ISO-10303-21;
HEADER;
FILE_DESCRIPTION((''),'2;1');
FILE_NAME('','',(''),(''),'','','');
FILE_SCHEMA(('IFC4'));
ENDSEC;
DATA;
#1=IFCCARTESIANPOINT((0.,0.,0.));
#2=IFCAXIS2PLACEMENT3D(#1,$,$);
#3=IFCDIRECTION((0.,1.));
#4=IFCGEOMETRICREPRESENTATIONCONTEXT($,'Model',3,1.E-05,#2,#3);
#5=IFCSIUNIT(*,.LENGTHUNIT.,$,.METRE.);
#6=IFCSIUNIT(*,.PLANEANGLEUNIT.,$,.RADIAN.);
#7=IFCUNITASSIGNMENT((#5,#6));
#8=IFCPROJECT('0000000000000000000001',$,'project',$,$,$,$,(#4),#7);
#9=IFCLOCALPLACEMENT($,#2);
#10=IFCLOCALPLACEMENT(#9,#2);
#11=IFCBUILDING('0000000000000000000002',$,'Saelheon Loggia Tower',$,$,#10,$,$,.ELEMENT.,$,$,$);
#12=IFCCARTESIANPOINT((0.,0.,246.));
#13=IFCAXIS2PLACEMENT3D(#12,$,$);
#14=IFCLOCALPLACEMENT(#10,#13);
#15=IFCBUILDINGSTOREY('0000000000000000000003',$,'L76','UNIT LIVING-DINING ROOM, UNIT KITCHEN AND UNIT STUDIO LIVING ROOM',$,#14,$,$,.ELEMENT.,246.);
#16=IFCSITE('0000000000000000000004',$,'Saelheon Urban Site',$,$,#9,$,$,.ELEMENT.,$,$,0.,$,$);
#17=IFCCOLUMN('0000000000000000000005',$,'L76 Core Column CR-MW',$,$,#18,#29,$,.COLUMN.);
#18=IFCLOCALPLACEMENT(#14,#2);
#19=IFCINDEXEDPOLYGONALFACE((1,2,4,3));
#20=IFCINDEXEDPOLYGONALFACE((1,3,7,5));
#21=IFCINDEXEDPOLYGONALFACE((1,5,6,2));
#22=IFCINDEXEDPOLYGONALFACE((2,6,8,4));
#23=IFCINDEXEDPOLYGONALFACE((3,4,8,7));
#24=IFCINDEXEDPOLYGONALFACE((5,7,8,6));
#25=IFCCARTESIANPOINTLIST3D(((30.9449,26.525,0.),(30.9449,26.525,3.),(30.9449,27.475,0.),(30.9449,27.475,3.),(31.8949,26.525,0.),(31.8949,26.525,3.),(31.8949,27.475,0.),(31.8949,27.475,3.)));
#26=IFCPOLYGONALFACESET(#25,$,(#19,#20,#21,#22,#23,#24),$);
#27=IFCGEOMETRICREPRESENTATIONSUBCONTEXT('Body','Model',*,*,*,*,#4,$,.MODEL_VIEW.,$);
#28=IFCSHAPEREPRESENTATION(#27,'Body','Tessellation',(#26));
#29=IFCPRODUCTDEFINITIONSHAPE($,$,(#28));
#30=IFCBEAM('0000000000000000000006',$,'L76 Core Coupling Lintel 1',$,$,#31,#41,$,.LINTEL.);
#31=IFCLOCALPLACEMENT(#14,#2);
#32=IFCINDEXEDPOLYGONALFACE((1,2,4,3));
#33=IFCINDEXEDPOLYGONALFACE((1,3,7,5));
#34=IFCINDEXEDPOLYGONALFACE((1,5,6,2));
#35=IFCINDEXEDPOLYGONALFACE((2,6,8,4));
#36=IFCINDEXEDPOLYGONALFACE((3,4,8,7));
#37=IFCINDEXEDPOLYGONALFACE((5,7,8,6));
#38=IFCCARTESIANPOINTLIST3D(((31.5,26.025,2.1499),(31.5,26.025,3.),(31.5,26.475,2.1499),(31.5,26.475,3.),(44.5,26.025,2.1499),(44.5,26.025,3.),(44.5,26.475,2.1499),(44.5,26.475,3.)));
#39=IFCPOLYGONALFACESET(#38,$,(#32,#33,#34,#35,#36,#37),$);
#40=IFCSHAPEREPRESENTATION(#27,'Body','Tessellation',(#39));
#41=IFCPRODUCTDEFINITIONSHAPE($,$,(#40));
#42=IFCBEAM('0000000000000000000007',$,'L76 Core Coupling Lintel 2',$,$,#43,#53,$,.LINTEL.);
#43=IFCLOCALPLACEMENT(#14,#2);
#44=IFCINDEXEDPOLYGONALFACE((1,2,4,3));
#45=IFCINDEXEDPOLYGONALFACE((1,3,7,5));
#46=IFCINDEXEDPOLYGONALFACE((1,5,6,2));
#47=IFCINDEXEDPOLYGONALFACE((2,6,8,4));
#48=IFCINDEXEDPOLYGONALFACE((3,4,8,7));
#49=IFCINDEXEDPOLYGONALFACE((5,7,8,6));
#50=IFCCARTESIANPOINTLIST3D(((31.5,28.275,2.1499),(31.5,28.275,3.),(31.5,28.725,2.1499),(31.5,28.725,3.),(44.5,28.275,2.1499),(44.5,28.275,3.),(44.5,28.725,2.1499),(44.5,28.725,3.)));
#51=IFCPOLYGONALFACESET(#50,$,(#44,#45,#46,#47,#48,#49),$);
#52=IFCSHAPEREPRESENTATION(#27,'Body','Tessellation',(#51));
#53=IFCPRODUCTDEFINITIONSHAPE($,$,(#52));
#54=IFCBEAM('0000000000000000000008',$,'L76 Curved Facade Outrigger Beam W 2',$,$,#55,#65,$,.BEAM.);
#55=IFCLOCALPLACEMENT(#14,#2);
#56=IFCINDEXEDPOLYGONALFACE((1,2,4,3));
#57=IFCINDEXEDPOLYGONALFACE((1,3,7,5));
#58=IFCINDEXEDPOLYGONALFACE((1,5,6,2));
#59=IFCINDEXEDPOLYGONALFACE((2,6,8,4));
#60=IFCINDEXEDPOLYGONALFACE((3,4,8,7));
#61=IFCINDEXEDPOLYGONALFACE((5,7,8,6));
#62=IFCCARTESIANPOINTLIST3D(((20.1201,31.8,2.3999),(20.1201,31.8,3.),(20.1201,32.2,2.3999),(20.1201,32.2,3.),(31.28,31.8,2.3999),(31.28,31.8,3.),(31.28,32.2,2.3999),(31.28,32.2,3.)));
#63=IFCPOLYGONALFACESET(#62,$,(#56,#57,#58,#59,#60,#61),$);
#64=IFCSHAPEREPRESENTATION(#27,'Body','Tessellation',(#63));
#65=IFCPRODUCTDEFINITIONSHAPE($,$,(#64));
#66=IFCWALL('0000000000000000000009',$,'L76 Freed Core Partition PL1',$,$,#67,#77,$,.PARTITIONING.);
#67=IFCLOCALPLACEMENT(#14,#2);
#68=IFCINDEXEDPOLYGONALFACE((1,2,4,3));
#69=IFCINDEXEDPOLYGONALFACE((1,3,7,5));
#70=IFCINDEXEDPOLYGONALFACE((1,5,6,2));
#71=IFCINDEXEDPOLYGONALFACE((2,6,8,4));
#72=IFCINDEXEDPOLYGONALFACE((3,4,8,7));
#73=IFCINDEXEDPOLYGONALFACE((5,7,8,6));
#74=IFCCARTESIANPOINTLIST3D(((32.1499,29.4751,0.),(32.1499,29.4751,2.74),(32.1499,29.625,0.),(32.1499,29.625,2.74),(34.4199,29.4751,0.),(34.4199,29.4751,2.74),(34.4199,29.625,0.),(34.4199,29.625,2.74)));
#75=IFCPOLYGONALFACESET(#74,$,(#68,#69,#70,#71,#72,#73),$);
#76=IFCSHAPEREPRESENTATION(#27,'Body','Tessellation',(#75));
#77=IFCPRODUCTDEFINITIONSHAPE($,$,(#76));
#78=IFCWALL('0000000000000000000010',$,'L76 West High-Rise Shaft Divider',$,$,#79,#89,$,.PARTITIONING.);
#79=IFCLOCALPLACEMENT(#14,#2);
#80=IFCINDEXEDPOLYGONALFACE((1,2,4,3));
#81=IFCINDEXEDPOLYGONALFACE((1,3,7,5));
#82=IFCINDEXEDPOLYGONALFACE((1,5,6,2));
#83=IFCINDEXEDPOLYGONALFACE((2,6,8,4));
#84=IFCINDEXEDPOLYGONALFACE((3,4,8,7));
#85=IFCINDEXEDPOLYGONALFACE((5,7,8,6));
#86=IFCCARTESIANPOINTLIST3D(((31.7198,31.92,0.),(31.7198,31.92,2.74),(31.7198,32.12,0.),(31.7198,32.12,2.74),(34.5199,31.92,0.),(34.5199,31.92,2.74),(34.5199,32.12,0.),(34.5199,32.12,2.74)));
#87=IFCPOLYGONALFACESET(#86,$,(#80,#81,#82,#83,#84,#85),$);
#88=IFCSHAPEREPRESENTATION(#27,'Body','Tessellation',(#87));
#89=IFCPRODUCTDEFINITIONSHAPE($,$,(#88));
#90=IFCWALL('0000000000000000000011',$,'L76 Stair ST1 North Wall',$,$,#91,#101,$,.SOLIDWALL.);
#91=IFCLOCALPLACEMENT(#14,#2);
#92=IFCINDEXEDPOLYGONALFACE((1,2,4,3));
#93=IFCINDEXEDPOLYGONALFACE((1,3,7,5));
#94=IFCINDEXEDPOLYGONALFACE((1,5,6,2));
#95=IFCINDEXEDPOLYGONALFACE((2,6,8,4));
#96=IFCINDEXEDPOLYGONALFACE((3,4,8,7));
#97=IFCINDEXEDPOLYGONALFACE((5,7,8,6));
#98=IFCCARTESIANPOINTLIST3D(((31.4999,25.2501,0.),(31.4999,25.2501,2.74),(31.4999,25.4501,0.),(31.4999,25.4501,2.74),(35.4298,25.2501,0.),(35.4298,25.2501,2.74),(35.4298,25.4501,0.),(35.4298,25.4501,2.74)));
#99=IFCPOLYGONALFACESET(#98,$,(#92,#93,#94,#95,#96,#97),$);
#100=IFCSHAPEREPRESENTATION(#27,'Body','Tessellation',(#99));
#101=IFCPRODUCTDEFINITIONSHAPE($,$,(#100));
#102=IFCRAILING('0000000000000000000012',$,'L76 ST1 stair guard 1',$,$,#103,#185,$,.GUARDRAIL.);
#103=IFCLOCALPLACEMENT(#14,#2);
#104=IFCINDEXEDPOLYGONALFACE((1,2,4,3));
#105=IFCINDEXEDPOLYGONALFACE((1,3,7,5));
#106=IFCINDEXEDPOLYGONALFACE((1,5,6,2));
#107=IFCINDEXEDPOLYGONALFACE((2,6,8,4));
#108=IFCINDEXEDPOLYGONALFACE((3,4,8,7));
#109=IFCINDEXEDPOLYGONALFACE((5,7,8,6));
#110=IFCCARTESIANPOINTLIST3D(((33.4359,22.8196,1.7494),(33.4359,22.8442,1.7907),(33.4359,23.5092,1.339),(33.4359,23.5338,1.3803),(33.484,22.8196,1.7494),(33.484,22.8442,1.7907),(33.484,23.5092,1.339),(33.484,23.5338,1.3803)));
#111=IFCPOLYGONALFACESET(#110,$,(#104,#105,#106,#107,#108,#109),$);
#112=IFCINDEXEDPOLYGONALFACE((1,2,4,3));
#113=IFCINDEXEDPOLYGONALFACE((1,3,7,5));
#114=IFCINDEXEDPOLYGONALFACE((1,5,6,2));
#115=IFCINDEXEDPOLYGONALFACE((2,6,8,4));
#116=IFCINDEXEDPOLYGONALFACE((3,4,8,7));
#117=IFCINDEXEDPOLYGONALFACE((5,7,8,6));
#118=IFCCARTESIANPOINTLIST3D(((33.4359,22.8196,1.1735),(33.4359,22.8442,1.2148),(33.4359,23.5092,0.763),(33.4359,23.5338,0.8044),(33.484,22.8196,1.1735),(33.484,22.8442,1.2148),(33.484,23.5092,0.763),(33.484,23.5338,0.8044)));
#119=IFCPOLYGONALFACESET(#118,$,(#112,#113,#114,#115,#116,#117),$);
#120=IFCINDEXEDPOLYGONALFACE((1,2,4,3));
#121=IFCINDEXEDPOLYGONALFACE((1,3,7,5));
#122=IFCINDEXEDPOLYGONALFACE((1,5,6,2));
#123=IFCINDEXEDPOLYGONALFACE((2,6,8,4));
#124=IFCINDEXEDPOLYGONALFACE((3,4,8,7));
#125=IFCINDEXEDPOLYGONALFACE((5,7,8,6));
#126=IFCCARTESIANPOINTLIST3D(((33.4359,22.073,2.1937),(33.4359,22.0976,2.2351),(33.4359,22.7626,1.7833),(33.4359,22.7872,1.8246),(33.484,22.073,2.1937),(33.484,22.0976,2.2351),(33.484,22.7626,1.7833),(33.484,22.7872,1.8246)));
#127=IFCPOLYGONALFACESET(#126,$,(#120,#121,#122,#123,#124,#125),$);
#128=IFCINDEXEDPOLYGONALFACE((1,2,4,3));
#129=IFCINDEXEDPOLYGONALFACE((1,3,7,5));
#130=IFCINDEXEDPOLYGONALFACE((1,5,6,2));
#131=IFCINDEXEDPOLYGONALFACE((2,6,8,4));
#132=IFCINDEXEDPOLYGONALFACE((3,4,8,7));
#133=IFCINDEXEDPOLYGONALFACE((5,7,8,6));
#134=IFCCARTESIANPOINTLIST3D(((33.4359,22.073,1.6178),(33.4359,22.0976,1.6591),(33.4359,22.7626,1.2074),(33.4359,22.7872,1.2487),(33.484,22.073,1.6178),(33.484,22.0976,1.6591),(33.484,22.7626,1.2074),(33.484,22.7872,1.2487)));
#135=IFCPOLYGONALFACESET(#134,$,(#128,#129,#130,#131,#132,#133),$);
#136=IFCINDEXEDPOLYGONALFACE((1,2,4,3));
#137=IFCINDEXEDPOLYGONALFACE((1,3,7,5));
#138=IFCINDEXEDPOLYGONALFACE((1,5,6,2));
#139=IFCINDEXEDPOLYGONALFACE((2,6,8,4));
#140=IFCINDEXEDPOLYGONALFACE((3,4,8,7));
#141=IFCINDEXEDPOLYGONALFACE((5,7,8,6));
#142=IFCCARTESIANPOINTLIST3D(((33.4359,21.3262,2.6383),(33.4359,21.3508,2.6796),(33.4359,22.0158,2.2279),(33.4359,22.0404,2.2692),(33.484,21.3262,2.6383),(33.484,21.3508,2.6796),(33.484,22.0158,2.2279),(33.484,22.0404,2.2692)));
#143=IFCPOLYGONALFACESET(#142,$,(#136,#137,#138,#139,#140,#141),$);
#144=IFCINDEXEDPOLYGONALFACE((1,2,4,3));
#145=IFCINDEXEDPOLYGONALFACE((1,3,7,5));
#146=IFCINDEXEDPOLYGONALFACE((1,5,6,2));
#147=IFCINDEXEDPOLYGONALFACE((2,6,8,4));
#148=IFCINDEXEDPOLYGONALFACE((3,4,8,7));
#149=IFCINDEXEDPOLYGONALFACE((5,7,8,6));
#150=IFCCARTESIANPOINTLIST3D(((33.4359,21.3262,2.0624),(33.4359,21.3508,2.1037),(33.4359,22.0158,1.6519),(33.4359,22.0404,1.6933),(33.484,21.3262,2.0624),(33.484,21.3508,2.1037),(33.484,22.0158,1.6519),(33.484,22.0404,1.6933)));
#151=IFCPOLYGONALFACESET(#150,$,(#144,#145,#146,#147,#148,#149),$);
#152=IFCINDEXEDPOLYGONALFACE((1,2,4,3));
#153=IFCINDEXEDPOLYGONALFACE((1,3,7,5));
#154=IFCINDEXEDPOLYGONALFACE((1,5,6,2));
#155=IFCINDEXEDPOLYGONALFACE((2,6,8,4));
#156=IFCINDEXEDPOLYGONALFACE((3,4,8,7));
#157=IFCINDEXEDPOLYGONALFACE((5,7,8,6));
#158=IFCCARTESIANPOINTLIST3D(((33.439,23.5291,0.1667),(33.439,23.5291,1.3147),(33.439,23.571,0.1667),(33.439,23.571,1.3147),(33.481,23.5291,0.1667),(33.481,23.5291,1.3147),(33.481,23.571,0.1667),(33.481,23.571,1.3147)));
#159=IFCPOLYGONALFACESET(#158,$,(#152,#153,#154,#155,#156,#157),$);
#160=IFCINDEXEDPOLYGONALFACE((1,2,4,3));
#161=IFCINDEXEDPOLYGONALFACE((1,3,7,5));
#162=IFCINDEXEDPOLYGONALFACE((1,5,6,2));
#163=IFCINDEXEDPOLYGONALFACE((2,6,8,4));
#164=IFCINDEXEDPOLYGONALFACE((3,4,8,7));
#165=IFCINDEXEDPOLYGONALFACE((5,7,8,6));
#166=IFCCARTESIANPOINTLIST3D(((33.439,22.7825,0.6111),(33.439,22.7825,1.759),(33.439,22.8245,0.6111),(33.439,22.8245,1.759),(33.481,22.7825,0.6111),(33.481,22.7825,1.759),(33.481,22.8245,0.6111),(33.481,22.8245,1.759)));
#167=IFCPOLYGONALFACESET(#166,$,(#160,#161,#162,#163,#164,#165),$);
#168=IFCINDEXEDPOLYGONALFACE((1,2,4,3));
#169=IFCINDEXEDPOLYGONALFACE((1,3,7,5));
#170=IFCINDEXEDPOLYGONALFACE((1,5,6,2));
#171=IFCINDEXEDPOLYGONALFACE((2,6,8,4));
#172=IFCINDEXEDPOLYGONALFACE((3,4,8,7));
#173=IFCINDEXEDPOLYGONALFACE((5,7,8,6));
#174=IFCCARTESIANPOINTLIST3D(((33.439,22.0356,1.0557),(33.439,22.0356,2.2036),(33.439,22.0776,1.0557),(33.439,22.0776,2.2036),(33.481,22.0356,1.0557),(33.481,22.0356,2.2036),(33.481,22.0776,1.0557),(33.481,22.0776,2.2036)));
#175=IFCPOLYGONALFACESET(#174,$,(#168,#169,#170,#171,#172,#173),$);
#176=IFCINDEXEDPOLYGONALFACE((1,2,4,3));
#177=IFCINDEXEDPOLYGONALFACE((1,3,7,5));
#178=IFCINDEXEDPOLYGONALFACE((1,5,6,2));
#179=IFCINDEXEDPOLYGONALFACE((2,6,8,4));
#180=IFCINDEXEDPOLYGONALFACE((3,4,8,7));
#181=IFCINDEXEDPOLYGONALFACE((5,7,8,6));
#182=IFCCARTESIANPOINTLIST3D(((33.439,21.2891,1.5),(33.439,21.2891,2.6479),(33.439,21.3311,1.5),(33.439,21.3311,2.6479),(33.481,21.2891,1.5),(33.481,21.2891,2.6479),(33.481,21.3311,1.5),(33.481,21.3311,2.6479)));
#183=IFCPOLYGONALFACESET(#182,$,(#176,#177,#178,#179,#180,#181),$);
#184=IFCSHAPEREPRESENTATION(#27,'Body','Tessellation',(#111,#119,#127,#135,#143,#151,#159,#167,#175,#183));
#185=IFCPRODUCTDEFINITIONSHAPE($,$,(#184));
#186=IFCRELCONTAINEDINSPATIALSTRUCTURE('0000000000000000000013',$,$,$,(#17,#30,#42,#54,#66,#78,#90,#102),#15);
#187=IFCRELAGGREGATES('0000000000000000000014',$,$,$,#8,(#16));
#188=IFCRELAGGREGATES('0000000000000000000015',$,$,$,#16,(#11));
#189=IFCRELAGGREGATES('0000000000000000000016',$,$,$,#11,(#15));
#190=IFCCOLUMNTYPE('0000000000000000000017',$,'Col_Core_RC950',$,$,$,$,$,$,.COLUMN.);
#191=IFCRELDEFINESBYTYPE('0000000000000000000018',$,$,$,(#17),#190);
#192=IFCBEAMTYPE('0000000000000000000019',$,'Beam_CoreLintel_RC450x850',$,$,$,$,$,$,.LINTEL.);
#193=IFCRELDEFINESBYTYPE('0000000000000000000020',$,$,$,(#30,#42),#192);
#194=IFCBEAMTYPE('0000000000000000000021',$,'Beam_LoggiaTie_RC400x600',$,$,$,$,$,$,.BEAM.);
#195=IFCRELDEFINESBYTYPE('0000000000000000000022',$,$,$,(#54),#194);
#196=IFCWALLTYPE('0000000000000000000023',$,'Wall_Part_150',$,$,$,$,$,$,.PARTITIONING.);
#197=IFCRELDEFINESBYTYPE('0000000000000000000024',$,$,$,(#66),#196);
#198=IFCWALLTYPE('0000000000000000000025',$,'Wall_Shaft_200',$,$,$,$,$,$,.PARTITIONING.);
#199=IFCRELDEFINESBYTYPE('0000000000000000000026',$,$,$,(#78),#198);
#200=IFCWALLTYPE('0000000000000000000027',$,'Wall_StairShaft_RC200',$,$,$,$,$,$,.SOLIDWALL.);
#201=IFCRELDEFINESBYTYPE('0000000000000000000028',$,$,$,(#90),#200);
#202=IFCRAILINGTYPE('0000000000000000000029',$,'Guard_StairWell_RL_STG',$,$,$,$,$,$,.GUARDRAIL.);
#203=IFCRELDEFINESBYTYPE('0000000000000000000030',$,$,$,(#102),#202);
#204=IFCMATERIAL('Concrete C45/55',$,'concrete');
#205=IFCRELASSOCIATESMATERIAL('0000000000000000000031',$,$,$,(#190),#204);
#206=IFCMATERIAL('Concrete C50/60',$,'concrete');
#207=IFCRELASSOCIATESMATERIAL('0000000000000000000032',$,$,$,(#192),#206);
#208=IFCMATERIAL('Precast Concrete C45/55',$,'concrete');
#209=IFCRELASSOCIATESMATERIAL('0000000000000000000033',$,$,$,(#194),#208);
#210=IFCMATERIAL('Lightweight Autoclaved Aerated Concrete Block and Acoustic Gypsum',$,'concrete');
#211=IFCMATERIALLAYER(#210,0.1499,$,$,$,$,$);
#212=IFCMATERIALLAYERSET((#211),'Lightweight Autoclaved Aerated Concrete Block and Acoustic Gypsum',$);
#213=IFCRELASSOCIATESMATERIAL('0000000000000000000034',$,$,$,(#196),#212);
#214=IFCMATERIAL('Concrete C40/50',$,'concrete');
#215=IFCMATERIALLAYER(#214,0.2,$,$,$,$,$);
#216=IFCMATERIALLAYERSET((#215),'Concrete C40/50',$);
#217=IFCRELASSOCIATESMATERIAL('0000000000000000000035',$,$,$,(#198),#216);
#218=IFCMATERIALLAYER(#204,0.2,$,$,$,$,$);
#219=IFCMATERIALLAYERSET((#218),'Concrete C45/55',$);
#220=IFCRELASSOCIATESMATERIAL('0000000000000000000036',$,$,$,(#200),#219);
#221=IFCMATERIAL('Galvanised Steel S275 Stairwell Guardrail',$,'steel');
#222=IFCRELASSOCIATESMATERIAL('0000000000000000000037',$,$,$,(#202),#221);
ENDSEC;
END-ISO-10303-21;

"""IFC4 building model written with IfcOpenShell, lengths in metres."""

from ifc_helpers import new_model, si_unit, direction, frame, frame_2d, origin, origin_2d, place, context, subcontext, project, spatial, rectangle, extrude, source, transform, mapped, material, layer, layer_set, material_profile, profile_set, type_object, element, save


model = new_model("IFC4")

# Units and contexts
model_context = context("Model", 3, precision=1e-05, world=origin(), true_north=direction((0.0, 1.0)))
body_context = subcontext(model_context, "Body", "Model", "MODEL_VIEW")
ifc_project = project(units=[si_unit("LENGTHUNIT", "METRE"), si_unit("PLANEANGLEUNIT", "RADIAN")], contexts=[model_context])

# Site, building, storey
site_placement = place(None, origin())
site = spatial("IfcSite", under=ifc_project, at=site_placement, Name="Saelheon Urban Site", CompositionType="ELEMENT", RefElevation=0.0)
building_placement = place(site_placement, origin())
building = spatial("IfcBuilding", under=site, at=building_placement, Name="Saelheon Loggia Tower", CompositionType="ELEMENT")
storey_placement = place(building_placement, frame((0.0, 0.0, 246.0)))
storey = spatial("IfcBuildingStorey", under=building, at=storey_placement, Name="L76", Description="UNIT LIVING-DINING ROOM, UNIT KITCHEN AND UNIT STUDIO LIVING ROOM", CompositionType="ELEMENT", Elevation=246.0)

# Column
ifc_material_1 = material(Name="Concrete C45/55", Category="concrete")
ifc_material_profile_1 = material_profile(ifc_material_1, rectangle(XDim=0.95, YDim=0.95, at=origin_2d()), Name="RC-950x950")
ifc_profile_set_1 = profile_set([ifc_material_profile_1], Name="Concrete C45/55")
column_type = type_object("IfcColumnType", Name="Col_Core_RC950", PredefinedType="COLUMN", material=ifc_profile_set_1)
shared_shape_1 = source(origin(), body_context, "Body", "SweptSolid", [
    extrude(rectangle(XDim=0.95, YDim=0.95, at=origin_2d()), origin(), (0.0, 0.0, 1.0), 3.0),
])
column_placement = place(storey_placement, frame((31.4199, 27.0, 0.0), z_axis=(0.0, 0.0, 1.0), x_axis=(1.0, 0.0, 0.0)))
element("IfcColumn", 1, at=column_placement, inside=storey, type_object=column_type, Name="L76 Core Column CR-MW", PredefinedType="COLUMN", context=body_context, shape_type="MappedRepresentation", body=[
    mapped(shared_shape_1, transform((0.0, 0.0, 0.0), scale=1.0)),
])

# Beams
ifc_material_2 = material(Name="Concrete C50/60", Category="concrete")
ifc_material_profile_2 = material_profile(ifc_material_2, rectangle(XDim=0.45, YDim=0.8501, at=origin_2d()), Name="RC-450x850")
ifc_profile_set_2 = profile_set([ifc_material_profile_2], Name="Concrete C50/60")
beam_type_1 = type_object("IfcBeamType", Name="Beam_CoreLintel_RC450x850", PredefinedType="LINTEL", material=ifc_profile_set_2)
shared_shape_2 = source(origin(), body_context, "Body", "SweptSolid", [
    extrude(rectangle(XDim=0.45, YDim=0.8501, at=origin_2d()), origin(), (0.0, 0.0, 1.0), 13.0),
])
for number, where, z_axis, x_axis, name in (
    (2, (31.5, 26.25, 2.575), (1.0, 0.0, 0.0), (0.0, 1.0, 0.0), "L76 Core Coupling Lintel 1"),
    (3, (31.5, 28.5, 2.575), (1.0, 0.0, 0.0), (0.0, 1.0, 0.0), "L76 Core Coupling Lintel 2"),
):
    element("IfcBeam", number, at=place(storey_placement, frame(where, z_axis=z_axis, x_axis=x_axis)), inside=storey, type_object=beam_type_1, Name=name, PredefinedType="LINTEL", context=body_context, shape_type="MappedRepresentation", body=[
        mapped(shared_shape_2, transform((0.0, 0.0, 0.0), scale=1.0)),
    ])
ifc_material_3 = material(Name="Precast Concrete C45/55", Category="concrete")
ifc_material_profile_3 = material_profile(ifc_material_3, rectangle(XDim=0.3999, YDim=0.6001, at=origin_2d()), Name="RC-400x600")
ifc_profile_set_3 = profile_set([ifc_material_profile_3], Name="Precast Concrete C45/55")
beam_type_2 = type_object("IfcBeamType", Name="Beam_LoggiaTie_RC400x600", PredefinedType="BEAM", material=ifc_profile_set_3)
shared_shape_3 = source(origin(), body_context, "Body", "SweptSolid", [
    extrude(rectangle(XDim=0.3999, YDim=0.6001, at=origin_2d()), origin(), (0.0, 0.0, 1.0), 11.1599),
])
beam_placement = place(storey_placement, frame((31.28, 32.0, 2.7), z_axis=(-1.0, 0.0, 0.0), x_axis=(0.0, -1.0, 0.0)))
element("IfcBeam", 4, at=beam_placement, inside=storey, type_object=beam_type_2, Name="L76 Curved Facade Outrigger Beam W 2", PredefinedType="BEAM", context=body_context, shape_type="MappedRepresentation", body=[
    mapped(shared_shape_3, transform((0.0, 0.0, 0.0), scale=1.0)),
])

# Wall
ifc_material_4 = material(Name="Lightweight Autoclaved Aerated Concrete Block and Acoustic Gypsum", Category="concrete")
ifc_layer_1 = layer(ifc_material_4, 0.1499)
ifc_layer_set_1 = layer_set([ifc_layer_1], Name="Lightweight Autoclaved Aerated Concrete Block and Acoustic Gypsum")
wall_type_1 = type_object("IfcWallType", Name="Wall_Part_150", PredefinedType="PARTITIONING", material=ifc_layer_set_1)
wall_1_placement = place(storey_placement, frame((32.1499, 29.55, 0.0), z_axis=(0.0, 0.0, 1.0), x_axis=(1.0, 0.0, 0.0)))
element("IfcWall", 5, at=wall_1_placement, inside=storey, type_object=wall_type_1, Name="L76 Freed Core Partition PL1", PredefinedType="PARTITIONING", context=body_context, shape_type="SweptSolid", body=[
    extrude(rectangle(XDim=2.27, YDim=0.1499, at=frame_2d((1.135, 0.0))), origin(), (0.0, 0.0, 1.0), 2.74),
])

# Shared definitions
ifc_material_5 = material(Name="Concrete C40/50", Category="concrete")
ifc_layer_2 = layer(ifc_material_5, 0.2)
ifc_layer_set_2 = layer_set([ifc_layer_2], Name="Concrete C40/50")
wall_type_2 = type_object("IfcWallType", Name="Wall_Shaft_200", PredefinedType="PARTITIONING", material=ifc_layer_set_2)

# Walls
wall_2_placement = place(storey_placement, frame((31.72, 32.02, 0.0), z_axis=(0.0, 0.0, 1.0), x_axis=(1.0, 0.0, 0.0)))
element("IfcWall", 6, at=wall_2_placement, inside=storey, type_object=wall_type_2, Name="L76 West High-Rise Shaft Divider", PredefinedType="PARTITIONING", context=body_context, shape_type="SweptSolid", body=[
    extrude(rectangle(XDim=2.8, YDim=0.2, at=frame_2d((1.3999, 0.0))), origin(), (0.0, 0.0, 1.0), 2.74),
])
ifc_layer_3 = layer(ifc_material_1, 0.2)
ifc_layer_set_3 = layer_set([ifc_layer_3], Name="Concrete C45/55")
wall_type_3 = type_object("IfcWallType", Name="Wall_StairShaft_RC200", PredefinedType="SOLIDWALL", material=ifc_layer_set_3)
wall_3_placement = place(storey_placement, frame((31.5, 25.3501, 0.0), z_axis=(0.0, 0.0, 1.0), x_axis=(1.0, 0.0, 0.0)))
element("IfcWall", 7, at=wall_3_placement, inside=storey, type_object=wall_type_3, Name="L76 Stair ST1 North Wall", PredefinedType="SOLIDWALL", context=body_context, shape_type="SweptSolid", body=[
    extrude(rectangle(XDim=3.9299, YDim=0.2, at=frame_2d((1.9648, 0.0))), origin(), (0.0, 0.0, 1.0), 2.74),
])

# Railing
ifc_material_6 = material(Name="Galvanised Steel S275 Stairwell Guardrail", Category="steel")
railing_type_1 = type_object("IfcRailingType", Name="Guard_StairWell_RL_STG", PredefinedType="GUARDRAIL", material=ifc_material_6)
railing_1_placement = place(storey_placement, frame((33.46, 23.55, 0.1667)))
element("IfcRailing", 8, at=railing_1_placement, inside=storey, type_object=railing_type_1, Name="L76 ST1 stair guard 1", PredefinedType="GUARDRAIL", context=body_context, shape_type="SweptSolid", body=[
    extrude(rectangle(XDim=0.0481, YDim=0.0481, at=origin_2d()), frame((0.0, -0.0286, 1.1929), z_axis=(0.0, -0.859306, 0.511462), x_axis=(1.0, 0.0, 0.0)), (0.0, 0.0, 1.0), 0.8025),
    extrude(rectangle(XDim=0.0481, YDim=0.0481, at=origin_2d()), frame((0.0, -0.0286, 0.6169), z_axis=(0.0, -0.859306, 0.511462), x_axis=(1.0, 0.0, 0.0)), (0.0, 0.0, 1.0), 0.8025),
    extrude(rectangle(XDim=0.0481, YDim=0.0481, at=origin_2d()), frame((0.0, -0.7751, 1.6372), z_axis=(0.0, -0.859306, 0.511462), x_axis=(1.0, 0.0, 0.0)), (0.0, 0.0, 1.0), 0.8025),
    extrude(rectangle(XDim=0.0481, YDim=0.0481, at=origin_2d()), frame((0.0, -0.7751, 1.0613), z_axis=(0.0, -0.859306, 0.511462), x_axis=(1.0, 0.0, 0.0)), (0.0, 0.0, 1.0), 0.8025),
    extrude(rectangle(XDim=0.0481, YDim=0.0481, at=origin_2d()), frame((0.0, -1.522, 2.0818), z_axis=(0.0, -0.859306, 0.511462), x_axis=(1.0, 0.0, 0.0)), (0.0, 0.0, 1.0), 0.8025),
    extrude(rectangle(XDim=0.0481, YDim=0.0481, at=origin_2d()), frame((0.0, -1.522, 1.5059), z_axis=(0.0, -0.859306, 0.511462), x_axis=(1.0, 0.0, 0.0)), (0.0, 0.0, 1.0), 0.8025),
    extrude(rectangle(XDim=0.042, YDim=0.042, at=origin_2d()), origin(), (0.0, 0.0, 1.0), 1.1479),
    extrude(rectangle(XDim=0.042, YDim=0.042, at=origin_2d()), frame((0.0, -0.7466, 0.4443)), (0.0, 0.0, 1.0), 1.1479),
    extrude(rectangle(XDim=0.042, YDim=0.042, at=origin_2d()), frame((0.0, -1.4934, 0.8889)), (0.0, 0.0, 1.0), 1.1479),
    extrude(rectangle(XDim=0.042, YDim=0.042, at=origin_2d()), frame((0.0, -2.24, 1.3333)), (0.0, 0.0, 1.0), 1.1479),
])

save(model, "model.ifc")
